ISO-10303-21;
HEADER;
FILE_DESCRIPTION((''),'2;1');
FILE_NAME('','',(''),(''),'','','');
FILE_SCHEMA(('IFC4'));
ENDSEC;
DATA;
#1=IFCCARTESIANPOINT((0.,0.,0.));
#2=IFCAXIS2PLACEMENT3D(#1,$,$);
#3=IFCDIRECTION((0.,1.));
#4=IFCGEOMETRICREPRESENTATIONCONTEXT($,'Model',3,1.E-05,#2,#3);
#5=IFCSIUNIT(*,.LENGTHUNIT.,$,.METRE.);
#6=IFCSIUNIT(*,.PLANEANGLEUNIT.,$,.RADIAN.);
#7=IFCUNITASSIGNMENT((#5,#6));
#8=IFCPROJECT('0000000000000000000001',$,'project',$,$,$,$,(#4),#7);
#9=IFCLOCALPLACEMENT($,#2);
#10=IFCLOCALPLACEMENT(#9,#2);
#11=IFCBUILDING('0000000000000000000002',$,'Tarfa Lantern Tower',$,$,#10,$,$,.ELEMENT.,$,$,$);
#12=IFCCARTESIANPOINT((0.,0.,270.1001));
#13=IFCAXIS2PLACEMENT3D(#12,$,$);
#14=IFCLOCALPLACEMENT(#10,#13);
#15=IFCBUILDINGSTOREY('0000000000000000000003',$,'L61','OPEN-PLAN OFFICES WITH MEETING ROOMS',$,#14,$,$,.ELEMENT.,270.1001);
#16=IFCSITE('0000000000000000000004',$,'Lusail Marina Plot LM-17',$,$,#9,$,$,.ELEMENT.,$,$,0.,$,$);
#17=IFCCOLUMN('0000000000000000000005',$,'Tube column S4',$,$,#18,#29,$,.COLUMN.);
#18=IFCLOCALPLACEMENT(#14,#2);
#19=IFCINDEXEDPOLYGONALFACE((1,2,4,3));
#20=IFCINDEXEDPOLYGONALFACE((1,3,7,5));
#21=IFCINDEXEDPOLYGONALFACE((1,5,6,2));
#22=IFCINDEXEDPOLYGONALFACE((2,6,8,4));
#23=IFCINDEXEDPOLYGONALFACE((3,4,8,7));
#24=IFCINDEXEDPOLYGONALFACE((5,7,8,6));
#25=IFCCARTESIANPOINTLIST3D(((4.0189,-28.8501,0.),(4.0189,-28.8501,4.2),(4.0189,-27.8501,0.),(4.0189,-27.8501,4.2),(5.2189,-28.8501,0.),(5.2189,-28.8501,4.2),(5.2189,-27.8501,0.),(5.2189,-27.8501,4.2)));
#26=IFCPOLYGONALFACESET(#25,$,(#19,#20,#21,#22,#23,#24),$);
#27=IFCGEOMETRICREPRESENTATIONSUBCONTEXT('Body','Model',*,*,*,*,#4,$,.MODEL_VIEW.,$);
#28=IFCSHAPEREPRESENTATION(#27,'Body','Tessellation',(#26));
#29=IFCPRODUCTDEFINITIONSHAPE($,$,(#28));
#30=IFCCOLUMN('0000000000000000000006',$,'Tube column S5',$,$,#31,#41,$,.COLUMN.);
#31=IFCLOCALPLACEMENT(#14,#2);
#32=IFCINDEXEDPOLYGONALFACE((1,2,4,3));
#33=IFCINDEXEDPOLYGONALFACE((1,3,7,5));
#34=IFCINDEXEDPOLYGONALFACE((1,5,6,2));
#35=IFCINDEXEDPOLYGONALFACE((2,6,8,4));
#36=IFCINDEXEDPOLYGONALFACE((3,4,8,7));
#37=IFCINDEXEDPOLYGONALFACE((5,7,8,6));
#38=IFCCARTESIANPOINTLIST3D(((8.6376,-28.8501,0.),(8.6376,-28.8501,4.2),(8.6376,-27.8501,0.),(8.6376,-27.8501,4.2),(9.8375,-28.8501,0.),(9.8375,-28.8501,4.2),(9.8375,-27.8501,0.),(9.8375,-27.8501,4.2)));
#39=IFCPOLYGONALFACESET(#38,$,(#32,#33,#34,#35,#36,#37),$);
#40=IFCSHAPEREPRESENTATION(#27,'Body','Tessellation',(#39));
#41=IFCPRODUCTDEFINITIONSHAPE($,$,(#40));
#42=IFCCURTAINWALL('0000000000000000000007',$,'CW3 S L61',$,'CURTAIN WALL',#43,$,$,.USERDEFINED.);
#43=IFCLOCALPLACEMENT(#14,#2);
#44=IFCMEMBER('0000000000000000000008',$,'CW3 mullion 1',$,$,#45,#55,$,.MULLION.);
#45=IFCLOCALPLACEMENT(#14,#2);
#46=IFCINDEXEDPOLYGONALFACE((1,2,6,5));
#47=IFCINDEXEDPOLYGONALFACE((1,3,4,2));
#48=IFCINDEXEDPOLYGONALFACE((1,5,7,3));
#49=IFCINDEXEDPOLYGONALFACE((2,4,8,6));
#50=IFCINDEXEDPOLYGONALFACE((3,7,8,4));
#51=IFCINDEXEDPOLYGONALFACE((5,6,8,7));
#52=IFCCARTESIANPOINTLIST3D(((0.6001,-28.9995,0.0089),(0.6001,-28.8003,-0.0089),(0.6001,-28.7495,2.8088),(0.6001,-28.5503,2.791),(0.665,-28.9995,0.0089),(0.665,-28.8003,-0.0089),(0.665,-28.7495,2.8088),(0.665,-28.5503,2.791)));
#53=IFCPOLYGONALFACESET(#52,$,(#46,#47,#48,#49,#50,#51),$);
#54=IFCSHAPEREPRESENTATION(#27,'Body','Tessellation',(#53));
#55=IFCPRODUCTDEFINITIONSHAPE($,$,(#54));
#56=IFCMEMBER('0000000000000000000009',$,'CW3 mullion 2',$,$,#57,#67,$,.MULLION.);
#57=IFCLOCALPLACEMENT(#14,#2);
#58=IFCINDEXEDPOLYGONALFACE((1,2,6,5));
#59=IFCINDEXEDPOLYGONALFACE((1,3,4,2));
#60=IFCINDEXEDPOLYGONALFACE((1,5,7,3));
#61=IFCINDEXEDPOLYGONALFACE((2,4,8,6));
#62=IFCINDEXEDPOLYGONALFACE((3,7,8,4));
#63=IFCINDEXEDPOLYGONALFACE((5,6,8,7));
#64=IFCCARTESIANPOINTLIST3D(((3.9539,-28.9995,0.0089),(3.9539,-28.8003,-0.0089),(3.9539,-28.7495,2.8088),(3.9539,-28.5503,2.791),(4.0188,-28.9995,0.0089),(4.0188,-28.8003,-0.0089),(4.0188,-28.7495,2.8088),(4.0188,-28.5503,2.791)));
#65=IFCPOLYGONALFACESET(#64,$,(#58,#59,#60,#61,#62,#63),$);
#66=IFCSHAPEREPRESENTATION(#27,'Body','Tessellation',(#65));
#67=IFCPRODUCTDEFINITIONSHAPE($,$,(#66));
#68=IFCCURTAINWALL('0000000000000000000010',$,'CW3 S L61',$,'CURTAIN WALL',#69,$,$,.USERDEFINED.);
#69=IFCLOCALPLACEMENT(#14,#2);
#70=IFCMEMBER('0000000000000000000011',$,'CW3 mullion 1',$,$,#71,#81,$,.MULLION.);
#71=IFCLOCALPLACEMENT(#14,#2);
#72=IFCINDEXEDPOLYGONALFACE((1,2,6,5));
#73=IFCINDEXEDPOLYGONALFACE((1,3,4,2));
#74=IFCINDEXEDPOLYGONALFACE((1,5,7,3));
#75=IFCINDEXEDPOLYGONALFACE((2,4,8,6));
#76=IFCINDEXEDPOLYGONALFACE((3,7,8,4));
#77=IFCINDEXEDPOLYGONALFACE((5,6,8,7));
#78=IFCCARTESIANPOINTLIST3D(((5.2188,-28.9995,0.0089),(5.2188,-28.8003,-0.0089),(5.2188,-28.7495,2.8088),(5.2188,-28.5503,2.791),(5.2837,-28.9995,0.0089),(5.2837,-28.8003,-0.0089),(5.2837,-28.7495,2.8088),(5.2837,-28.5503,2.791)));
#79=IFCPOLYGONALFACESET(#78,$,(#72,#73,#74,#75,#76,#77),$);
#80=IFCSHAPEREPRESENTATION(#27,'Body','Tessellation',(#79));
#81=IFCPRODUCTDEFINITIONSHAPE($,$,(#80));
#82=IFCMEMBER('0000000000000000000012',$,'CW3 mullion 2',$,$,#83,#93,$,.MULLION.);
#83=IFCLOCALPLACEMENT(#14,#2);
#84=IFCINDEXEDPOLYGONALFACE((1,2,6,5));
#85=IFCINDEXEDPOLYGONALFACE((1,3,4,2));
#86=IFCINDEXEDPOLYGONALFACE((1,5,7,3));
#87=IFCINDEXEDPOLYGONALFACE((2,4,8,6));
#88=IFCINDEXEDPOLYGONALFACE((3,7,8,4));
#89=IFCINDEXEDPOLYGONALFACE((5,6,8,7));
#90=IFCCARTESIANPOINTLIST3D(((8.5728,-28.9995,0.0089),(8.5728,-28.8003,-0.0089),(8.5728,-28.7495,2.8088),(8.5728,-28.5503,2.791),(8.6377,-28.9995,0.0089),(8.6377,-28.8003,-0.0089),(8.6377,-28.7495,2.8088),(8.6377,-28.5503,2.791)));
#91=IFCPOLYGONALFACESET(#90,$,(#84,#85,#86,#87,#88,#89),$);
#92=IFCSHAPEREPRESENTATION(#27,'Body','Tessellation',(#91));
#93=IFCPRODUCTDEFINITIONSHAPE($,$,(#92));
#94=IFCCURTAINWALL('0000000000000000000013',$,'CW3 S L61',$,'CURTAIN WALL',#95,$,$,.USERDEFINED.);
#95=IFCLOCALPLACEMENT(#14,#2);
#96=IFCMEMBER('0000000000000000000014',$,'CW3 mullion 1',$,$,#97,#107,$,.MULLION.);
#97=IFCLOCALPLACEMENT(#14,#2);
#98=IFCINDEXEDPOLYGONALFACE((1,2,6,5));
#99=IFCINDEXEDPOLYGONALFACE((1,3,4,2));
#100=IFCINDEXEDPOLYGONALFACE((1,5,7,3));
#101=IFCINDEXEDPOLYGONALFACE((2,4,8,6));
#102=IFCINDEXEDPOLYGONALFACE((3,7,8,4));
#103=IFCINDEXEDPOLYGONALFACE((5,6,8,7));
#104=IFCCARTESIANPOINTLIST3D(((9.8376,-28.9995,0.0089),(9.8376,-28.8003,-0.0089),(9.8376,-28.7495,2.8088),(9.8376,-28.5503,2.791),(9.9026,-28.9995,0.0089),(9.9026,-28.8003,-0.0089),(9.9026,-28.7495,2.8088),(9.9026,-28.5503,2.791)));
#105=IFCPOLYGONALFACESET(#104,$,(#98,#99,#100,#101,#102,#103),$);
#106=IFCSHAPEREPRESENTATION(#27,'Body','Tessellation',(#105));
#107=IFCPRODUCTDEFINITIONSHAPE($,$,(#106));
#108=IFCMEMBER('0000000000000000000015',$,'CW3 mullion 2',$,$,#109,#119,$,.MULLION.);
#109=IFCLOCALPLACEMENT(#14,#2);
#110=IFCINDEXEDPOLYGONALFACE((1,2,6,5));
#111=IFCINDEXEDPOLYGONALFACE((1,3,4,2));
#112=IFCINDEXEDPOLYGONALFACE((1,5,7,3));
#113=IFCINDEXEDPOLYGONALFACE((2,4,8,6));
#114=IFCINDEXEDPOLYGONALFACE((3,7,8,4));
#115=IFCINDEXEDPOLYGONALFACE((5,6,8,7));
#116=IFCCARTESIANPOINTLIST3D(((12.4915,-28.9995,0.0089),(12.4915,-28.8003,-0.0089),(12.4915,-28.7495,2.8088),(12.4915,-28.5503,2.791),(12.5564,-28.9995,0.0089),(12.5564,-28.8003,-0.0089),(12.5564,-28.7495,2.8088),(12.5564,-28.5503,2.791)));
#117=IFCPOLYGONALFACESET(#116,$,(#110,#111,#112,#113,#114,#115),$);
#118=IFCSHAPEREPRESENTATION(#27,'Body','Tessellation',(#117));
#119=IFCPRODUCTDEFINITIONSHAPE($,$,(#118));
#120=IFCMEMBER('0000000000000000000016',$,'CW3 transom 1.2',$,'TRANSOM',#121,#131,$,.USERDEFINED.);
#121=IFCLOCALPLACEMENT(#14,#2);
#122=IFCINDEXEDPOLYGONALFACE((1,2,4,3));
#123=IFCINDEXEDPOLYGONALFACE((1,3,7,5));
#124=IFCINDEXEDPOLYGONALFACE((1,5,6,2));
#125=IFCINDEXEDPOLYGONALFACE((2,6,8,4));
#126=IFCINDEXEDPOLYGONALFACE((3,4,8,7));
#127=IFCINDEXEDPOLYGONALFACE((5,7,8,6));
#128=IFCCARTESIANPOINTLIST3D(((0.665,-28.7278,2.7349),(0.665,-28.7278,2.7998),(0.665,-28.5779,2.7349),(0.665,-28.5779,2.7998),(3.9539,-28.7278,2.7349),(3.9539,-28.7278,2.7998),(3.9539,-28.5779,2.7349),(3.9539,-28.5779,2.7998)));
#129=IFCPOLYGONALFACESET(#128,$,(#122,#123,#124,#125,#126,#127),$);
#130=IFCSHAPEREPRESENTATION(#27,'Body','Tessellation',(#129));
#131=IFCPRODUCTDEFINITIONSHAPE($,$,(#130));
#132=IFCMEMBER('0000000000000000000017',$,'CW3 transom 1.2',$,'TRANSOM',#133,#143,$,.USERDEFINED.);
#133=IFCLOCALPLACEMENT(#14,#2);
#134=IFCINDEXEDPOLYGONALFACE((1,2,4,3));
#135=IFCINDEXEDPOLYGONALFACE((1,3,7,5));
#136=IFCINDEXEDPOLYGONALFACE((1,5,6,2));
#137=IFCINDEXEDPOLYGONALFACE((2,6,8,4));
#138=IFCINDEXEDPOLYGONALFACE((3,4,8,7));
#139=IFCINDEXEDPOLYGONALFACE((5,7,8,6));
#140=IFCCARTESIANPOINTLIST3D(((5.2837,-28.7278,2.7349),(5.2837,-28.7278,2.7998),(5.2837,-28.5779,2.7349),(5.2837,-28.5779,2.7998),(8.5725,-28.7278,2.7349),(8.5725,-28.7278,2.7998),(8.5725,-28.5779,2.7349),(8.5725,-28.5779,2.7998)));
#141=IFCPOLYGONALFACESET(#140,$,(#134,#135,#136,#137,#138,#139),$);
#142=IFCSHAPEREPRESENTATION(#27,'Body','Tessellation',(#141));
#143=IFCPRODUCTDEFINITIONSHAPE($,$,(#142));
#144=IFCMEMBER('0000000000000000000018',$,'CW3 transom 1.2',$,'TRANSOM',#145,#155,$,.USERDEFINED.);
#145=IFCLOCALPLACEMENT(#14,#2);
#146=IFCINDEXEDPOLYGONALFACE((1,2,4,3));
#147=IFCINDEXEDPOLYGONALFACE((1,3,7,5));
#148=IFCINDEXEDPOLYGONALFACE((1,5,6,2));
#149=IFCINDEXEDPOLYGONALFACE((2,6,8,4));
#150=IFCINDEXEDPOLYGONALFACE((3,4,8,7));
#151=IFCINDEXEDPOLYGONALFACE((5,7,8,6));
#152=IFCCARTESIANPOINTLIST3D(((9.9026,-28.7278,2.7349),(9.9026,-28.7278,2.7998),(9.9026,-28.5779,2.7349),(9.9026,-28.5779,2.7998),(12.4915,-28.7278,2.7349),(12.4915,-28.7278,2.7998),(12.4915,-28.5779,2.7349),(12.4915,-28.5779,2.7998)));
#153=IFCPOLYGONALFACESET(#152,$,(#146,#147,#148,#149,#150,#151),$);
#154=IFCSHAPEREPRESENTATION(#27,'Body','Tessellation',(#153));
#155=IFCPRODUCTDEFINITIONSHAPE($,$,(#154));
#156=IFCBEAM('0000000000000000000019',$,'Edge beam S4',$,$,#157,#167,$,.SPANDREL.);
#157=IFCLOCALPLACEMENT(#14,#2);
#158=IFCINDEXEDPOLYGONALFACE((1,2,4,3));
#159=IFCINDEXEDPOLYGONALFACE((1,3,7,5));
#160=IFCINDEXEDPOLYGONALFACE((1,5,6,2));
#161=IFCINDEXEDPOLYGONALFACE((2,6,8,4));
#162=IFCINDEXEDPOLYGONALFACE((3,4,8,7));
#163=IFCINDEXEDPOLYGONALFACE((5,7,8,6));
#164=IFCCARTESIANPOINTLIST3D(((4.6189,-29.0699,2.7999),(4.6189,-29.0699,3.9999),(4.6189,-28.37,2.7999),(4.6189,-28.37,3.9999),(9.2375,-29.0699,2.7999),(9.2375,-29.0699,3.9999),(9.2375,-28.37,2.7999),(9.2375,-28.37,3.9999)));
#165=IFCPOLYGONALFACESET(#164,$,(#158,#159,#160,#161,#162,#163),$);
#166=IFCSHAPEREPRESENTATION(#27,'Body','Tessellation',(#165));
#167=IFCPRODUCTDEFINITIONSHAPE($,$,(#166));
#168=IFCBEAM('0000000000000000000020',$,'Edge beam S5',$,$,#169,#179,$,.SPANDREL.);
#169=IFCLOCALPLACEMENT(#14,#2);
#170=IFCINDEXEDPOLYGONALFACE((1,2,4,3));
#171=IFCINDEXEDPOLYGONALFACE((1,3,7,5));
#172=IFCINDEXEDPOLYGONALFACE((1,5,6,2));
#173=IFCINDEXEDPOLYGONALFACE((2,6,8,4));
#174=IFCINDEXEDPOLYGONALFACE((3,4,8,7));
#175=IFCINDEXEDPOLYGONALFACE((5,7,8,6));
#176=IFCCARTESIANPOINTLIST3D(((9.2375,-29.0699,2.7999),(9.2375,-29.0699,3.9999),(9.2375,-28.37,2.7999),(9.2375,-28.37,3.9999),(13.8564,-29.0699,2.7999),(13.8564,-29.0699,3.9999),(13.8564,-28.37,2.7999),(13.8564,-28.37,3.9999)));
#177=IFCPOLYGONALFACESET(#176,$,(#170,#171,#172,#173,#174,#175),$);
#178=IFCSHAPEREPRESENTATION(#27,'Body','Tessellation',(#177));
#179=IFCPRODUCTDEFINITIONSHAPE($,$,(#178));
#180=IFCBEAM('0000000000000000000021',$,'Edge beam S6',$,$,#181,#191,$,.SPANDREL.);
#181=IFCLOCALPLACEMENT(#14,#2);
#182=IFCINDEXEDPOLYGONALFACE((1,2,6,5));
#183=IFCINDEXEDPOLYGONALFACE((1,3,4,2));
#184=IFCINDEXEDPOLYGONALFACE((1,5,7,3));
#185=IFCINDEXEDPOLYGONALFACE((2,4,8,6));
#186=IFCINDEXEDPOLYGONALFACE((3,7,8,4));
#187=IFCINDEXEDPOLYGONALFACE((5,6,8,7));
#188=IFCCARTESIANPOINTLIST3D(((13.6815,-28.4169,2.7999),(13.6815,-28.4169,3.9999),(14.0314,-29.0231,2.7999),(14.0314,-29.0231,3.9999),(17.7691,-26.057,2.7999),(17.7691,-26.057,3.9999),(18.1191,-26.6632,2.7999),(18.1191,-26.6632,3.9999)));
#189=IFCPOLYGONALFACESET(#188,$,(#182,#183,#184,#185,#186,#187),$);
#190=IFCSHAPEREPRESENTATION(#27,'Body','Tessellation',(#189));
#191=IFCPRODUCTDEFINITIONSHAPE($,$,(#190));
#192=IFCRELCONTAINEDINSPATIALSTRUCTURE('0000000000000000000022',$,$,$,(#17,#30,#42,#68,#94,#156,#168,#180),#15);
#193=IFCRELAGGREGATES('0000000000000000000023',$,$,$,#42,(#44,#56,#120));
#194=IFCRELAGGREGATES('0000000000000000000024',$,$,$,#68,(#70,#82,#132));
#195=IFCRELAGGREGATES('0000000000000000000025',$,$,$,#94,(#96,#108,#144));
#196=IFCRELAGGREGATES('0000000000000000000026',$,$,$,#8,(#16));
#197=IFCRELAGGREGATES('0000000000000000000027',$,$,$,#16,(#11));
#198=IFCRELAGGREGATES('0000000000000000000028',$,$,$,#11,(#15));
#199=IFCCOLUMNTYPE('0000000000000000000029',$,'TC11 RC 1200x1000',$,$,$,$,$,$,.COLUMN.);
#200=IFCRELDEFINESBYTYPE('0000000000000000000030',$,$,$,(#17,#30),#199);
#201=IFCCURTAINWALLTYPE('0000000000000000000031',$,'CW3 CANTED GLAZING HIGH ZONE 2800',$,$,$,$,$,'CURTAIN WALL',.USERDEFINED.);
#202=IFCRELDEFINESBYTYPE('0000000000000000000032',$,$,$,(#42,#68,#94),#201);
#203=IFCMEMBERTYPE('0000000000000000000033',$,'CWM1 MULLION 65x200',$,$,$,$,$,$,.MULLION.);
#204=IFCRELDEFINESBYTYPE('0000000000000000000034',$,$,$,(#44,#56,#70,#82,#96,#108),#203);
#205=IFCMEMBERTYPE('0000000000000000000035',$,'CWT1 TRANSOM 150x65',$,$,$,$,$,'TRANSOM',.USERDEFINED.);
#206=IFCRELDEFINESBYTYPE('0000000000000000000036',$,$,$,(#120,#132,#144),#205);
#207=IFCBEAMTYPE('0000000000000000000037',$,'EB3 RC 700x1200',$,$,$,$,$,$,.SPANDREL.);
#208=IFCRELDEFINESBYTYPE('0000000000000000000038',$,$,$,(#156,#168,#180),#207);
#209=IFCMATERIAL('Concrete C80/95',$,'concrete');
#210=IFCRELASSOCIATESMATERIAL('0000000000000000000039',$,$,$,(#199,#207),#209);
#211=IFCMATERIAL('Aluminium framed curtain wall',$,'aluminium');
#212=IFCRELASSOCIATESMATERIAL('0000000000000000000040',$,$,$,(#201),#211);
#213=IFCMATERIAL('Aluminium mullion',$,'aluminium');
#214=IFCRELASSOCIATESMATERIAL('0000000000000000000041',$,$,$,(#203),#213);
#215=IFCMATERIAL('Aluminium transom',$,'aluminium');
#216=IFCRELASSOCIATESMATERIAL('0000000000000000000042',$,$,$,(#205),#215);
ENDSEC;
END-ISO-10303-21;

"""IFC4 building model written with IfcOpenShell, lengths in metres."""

from ifc_helpers import new_model, si_unit, direction, frame, origin, origin_2d, place, context, subcontext, project, spatial, rectangle, extrude, material, material_profile, profile_set, type_object, element, aggregate, save


model = new_model("IFC4")

# Units and contexts
model_context = context("Model", 3, precision=1e-05, world=origin(), true_north=direction((0.0, 1.0)))
body_context = subcontext(model_context, "Body", "Model", "MODEL_VIEW")
ifc_project = project(units=[si_unit("LENGTHUNIT", "METRE"), si_unit("PLANEANGLEUNIT", "RADIAN")], contexts=[model_context])

# Site, building, storey
site_placement = place(None, origin())
site = spatial("IfcSite", under=ifc_project, at=site_placement, Name="Lusail Marina Plot LM-17", CompositionType="ELEMENT", RefElevation=0.0)
building_placement = place(site_placement, origin())
building = spatial("IfcBuilding", under=site, at=building_placement, Name="Tarfa Lantern Tower", CompositionType="ELEMENT")
storey_placement = place(building_placement, frame((0.0, 0.0, 270.1001)))
storey = spatial("IfcBuildingStorey", under=building, at=storey_placement, Name="L61", Description="OPEN-PLAN OFFICES WITH MEETING ROOMS", CompositionType="ELEMENT", Elevation=270.1001)

# Columns
ifc_material_1 = material(Name="Concrete C80/95", Category="concrete")
ifc_material_profile_1 = material_profile(ifc_material_1, rectangle(XDim=1.2, YDim=1.0, at=origin_2d()), Name="RC 1200x1000")
ifc_profile_set_1 = profile_set([ifc_material_profile_1], Name="Concrete C80/95")
column_type = type_object("IfcColumnType", Name="TC11 RC 1200x1000", PredefinedType="COLUMN", material=ifc_profile_set_1)
for number, where, z_axis, x_axis, name in (
    (1, (4.6189, -28.3501, 0.0), (0.0, 0.0, 1.0), (1.0, 0.0, 0.0), "Tube column S4"),
    (2, (9.2375, -28.3501, 0.0), (0.0, 0.0, 1.0), (1.0, 0.0, 0.0), "Tube column S5"),
):
    element("IfcColumn", number, at=place(storey_placement, frame(where, z_axis=z_axis, x_axis=x_axis)), inside=storey, type_object=column_type, Name=name, PredefinedType="COLUMN", context=body_context, shape_type="SweptSolid", body=[
        extrude(rectangle(XDim=1.2, YDim=1.0, at=origin_2d()), origin(), (0.0, 0.0, 1.0), 4.2),
    ])

# Curtain walls, members
ifc_material_2 = material(Name="Aluminium framed curtain wall", Category="aluminium")
curtain_wall_type = type_object("IfcCurtainWallType", Name="CW3 CANTED GLAZING HIGH ZONE 2800", ElementType="CURTAIN WALL", PredefinedType="USERDEFINED", material=ifc_material_2)
curtain_wall_1_placement = place(storey_placement, origin())
curtain_wall_1 = element("IfcCurtainWall", 3, at=curtain_wall_1_placement, inside=storey, type_object=curtain_wall_type, Name="CW3 S L61", ObjectType="CURTAIN WALL", PredefinedType="USERDEFINED")
ifc_material_3 = material(Name="Aluminium mullion", Category="aluminium")
ifc_material_profile_2 = material_profile(ifc_material_3, rectangle(XDim=0.0649, YDim=0.2, at=origin_2d()), Name="AL MULLION 65x200")
ifc_profile_set_2 = profile_set([ifc_material_profile_2], Name="Aluminium mullion")
member_type_1 = type_object("IfcMemberType", Name="CWM1 MULLION 65x200", PredefinedType="MULLION", material=ifc_profile_set_2)
member_1_placement = place(storey_placement, frame((0.6326, -28.8999, 0.0), z_axis=(0.0, 0.088938, 0.996037), x_axis=(-1.0, 0.0, 0.0)))
member_1 = element("IfcMember", 4, at=member_1_placement, type_object=member_type_1, Name="CW3 mullion 1", PredefinedType="MULLION", context=body_context, shape_type="SweptSolid", body=[
    extrude(rectangle(XDim=0.0649, YDim=0.2, at=origin_2d()), origin(), (0.0, 0.0, 1.0), 2.811),
])
member_2_placement = place(storey_placement, frame((3.9863, -28.8999, 0.0), z_axis=(0.0, 0.088938, 0.996037), x_axis=(-1.0, 0.0, 0.0)))
member_2 = element("IfcMember", 5, at=member_2_placement, type_object=member_type_1, Name="CW3 mullion 2", PredefinedType="MULLION", context=body_context, shape_type="SweptSolid", body=[
    extrude(rectangle(XDim=0.0649, YDim=0.2, at=origin_2d()), origin(), (0.0, 0.0, 1.0), 2.811),
])
curtain_wall_2_placement = place(storey_placement, origin())
curtain_wall_2 = element("IfcCurtainWall", 6, at=curtain_wall_2_placement, inside=storey, type_object=curtain_wall_type, Name="CW3 S L61", ObjectType="CURTAIN WALL", PredefinedType="USERDEFINED")
member_3_placement = place(storey_placement, frame((5.2512, -28.8999, 0.0), z_axis=(0.0, 0.088938, 0.996037), x_axis=(-1.0, 0.0, 0.0)))
member_3 = element("IfcMember", 7, at=member_3_placement, type_object=member_type_1, Name="CW3 mullion 1", PredefinedType="MULLION", context=body_context, shape_type="SweptSolid", body=[
    extrude(rectangle(XDim=0.0649, YDim=0.2, at=origin_2d()), origin(), (0.0, 0.0, 1.0), 2.811),
])
member_4_placement = place(storey_placement, frame((8.6052, -28.8999, 0.0), z_axis=(0.0, 0.088938, 0.996037), x_axis=(-1.0, 0.0, 0.0)))
member_4 = element("IfcMember", 8, at=member_4_placement, type_object=member_type_1, Name="CW3 mullion 2", PredefinedType="MULLION", context=body_context, shape_type="SweptSolid", body=[
    extrude(rectangle(XDim=0.0649, YDim=0.2, at=origin_2d()), origin(), (0.0, 0.0, 1.0), 2.811),
])
curtain_wall_3_placement = place(storey_placement, origin())
curtain_wall_3 = element("IfcCurtainWall", 9, at=curtain_wall_3_placement, inside=storey, type_object=curtain_wall_type, Name="CW3 S L61", ObjectType="CURTAIN WALL", PredefinedType="USERDEFINED")
member_5_placement = place(storey_placement, frame((9.8701, -28.8999, 0.0), z_axis=(0.0, 0.088938, 0.996037), x_axis=(-1.0, 0.0, 0.0)))
member_5 = element("IfcMember", 10, at=member_5_placement, type_object=member_type_1, Name="CW3 mullion 1", PredefinedType="MULLION", context=body_context, shape_type="SweptSolid", body=[
    extrude(rectangle(XDim=0.0649, YDim=0.2, at=origin_2d()), origin(), (0.0, 0.0, 1.0), 2.811),
])
member_6_placement = place(storey_placement, frame((12.5239, -28.8999, 0.0), z_axis=(0.0, 0.088938, 0.996037), x_axis=(-1.0, 0.0, 0.0)))
member_6 = element("IfcMember", 11, at=member_6_placement, type_object=member_type_1, Name="CW3 mullion 2", PredefinedType="MULLION", context=body_context, shape_type="SweptSolid", body=[
    extrude(rectangle(XDim=0.0649, YDim=0.2, at=origin_2d()), origin(), (0.0, 0.0, 1.0), 2.811),
])

# Members
ifc_material_4 = material(Name="Aluminium transom", Category="aluminium")
ifc_material_profile_3 = material_profile(ifc_material_4, rectangle(XDim=0.1499, YDim=0.0649, at=origin_2d()), Name="AL TRANSOM 150x65")
ifc_profile_set_3 = profile_set([ifc_material_profile_3], Name="Aluminium transom")
member_type_2 = type_object("IfcMemberType", Name="CWT1 TRANSOM 150x65", ElementType="TRANSOM", PredefinedType="USERDEFINED", material=ifc_profile_set_3)
member_7_placement = place(storey_placement, frame((0.665, -28.6528, 2.7673), z_axis=(1.0, 0.0, 0.0), x_axis=(0.0, 1.0, 0.0)))
member_7 = element("IfcMember", 12, at=member_7_placement, type_object=member_type_2, Name="CW3 transom 1.2", ObjectType="TRANSOM", PredefinedType="USERDEFINED", context=body_context, shape_type="SweptSolid", body=[
    extrude(rectangle(XDim=0.1499, YDim=0.0649, at=origin_2d()), origin(), (0.0, 0.0, 1.0), 3.2888),
])
member_8_placement = place(storey_placement, frame((5.2837, -28.6528, 2.7673), z_axis=(1.0, 0.0, 0.0), x_axis=(0.0, 1.0, 0.0)))
member_8 = element("IfcMember", 13, at=member_8_placement, type_object=member_type_2, Name="CW3 transom 1.2", ObjectType="TRANSOM", PredefinedType="USERDEFINED", context=body_context, shape_type="SweptSolid", body=[
    extrude(rectangle(XDim=0.1499, YDim=0.0649, at=origin_2d()), origin(), (0.0, 0.0, 1.0), 3.2888),
])
member_9_placement = place(storey_placement, frame((9.9026, -28.6528, 2.7673), z_axis=(1.0, 0.0, 0.0), x_axis=(0.0, 1.0, 0.0)))
member_9 = element("IfcMember", 14, at=member_9_placement, type_object=member_type_2, Name="CW3 transom 1.2", ObjectType="TRANSOM", PredefinedType="USERDEFINED", context=body_context, shape_type="SweptSolid", body=[
    extrude(rectangle(XDim=0.1499, YDim=0.0649, at=origin_2d()), origin(), (0.0, 0.0, 1.0), 2.5889),
])

# Beams
ifc_material_profile_4 = material_profile(ifc_material_1, rectangle(XDim=0.7, YDim=1.2, at=origin_2d()), Name="RC 700x1200")
ifc_profile_set_4 = profile_set([ifc_material_profile_4], Name="Concrete C80/95")
beam_type_1 = type_object("IfcBeamType", Name="EB3 RC 700x1200", PredefinedType="SPANDREL", material=ifc_profile_set_4)
beam_1_placement = place(storey_placement, frame((4.6189, -28.72, 3.3999), z_axis=(1.0, 0.0, 0.0), x_axis=(0.0, 1.0, 0.0)))
element("IfcBeam", 15, at=beam_1_placement, inside=storey, type_object=beam_type_1, Name="Edge beam S4", PredefinedType="SPANDREL", context=body_context, shape_type="SweptSolid", body=[
    extrude(rectangle(XDim=0.7, YDim=1.2, at=origin_2d()), origin(), (0.0, 0.0, 1.0), 4.6187),
])
beam_2_placement = place(storey_placement, frame((9.2375, -28.72, 3.3999), z_axis=(1.0, 0.0, 0.0), x_axis=(0.0, 1.0, 0.0)))
element("IfcBeam", 16, at=beam_2_placement, inside=storey, type_object=beam_type_1, Name="Edge beam S5", PredefinedType="SPANDREL", context=body_context, shape_type="SweptSolid", body=[
    extrude(rectangle(XDim=0.7, YDim=1.2, at=origin_2d()), origin(), (0.0, 0.0, 1.0), 4.6189),
])
beam_3_placement = place(storey_placement, frame((13.8564, -28.72, 3.3999), z_axis=(0.866038, 0.499978, 0.0), x_axis=(-0.499978, 0.866038, 0.0)))
element("IfcBeam", 17, at=beam_3_placement, inside=storey, type_object=beam_type_1, Name="Edge beam S6", PredefinedType="SPANDREL", context=body_context, shape_type="SweptSolid", body=[
    extrude(rectangle(XDim=0.7, YDim=1.2, at=origin_2d()), origin(), (0.0, 0.0, 1.0), 4.72),
])

aggregate(curtain_wall_1, [member_1, member_2, member_7])
aggregate(curtain_wall_2, [member_3, member_4, member_8])
aggregate(curtain_wall_3, [member_5, member_6, member_9])

save(model, "model.ifc")
